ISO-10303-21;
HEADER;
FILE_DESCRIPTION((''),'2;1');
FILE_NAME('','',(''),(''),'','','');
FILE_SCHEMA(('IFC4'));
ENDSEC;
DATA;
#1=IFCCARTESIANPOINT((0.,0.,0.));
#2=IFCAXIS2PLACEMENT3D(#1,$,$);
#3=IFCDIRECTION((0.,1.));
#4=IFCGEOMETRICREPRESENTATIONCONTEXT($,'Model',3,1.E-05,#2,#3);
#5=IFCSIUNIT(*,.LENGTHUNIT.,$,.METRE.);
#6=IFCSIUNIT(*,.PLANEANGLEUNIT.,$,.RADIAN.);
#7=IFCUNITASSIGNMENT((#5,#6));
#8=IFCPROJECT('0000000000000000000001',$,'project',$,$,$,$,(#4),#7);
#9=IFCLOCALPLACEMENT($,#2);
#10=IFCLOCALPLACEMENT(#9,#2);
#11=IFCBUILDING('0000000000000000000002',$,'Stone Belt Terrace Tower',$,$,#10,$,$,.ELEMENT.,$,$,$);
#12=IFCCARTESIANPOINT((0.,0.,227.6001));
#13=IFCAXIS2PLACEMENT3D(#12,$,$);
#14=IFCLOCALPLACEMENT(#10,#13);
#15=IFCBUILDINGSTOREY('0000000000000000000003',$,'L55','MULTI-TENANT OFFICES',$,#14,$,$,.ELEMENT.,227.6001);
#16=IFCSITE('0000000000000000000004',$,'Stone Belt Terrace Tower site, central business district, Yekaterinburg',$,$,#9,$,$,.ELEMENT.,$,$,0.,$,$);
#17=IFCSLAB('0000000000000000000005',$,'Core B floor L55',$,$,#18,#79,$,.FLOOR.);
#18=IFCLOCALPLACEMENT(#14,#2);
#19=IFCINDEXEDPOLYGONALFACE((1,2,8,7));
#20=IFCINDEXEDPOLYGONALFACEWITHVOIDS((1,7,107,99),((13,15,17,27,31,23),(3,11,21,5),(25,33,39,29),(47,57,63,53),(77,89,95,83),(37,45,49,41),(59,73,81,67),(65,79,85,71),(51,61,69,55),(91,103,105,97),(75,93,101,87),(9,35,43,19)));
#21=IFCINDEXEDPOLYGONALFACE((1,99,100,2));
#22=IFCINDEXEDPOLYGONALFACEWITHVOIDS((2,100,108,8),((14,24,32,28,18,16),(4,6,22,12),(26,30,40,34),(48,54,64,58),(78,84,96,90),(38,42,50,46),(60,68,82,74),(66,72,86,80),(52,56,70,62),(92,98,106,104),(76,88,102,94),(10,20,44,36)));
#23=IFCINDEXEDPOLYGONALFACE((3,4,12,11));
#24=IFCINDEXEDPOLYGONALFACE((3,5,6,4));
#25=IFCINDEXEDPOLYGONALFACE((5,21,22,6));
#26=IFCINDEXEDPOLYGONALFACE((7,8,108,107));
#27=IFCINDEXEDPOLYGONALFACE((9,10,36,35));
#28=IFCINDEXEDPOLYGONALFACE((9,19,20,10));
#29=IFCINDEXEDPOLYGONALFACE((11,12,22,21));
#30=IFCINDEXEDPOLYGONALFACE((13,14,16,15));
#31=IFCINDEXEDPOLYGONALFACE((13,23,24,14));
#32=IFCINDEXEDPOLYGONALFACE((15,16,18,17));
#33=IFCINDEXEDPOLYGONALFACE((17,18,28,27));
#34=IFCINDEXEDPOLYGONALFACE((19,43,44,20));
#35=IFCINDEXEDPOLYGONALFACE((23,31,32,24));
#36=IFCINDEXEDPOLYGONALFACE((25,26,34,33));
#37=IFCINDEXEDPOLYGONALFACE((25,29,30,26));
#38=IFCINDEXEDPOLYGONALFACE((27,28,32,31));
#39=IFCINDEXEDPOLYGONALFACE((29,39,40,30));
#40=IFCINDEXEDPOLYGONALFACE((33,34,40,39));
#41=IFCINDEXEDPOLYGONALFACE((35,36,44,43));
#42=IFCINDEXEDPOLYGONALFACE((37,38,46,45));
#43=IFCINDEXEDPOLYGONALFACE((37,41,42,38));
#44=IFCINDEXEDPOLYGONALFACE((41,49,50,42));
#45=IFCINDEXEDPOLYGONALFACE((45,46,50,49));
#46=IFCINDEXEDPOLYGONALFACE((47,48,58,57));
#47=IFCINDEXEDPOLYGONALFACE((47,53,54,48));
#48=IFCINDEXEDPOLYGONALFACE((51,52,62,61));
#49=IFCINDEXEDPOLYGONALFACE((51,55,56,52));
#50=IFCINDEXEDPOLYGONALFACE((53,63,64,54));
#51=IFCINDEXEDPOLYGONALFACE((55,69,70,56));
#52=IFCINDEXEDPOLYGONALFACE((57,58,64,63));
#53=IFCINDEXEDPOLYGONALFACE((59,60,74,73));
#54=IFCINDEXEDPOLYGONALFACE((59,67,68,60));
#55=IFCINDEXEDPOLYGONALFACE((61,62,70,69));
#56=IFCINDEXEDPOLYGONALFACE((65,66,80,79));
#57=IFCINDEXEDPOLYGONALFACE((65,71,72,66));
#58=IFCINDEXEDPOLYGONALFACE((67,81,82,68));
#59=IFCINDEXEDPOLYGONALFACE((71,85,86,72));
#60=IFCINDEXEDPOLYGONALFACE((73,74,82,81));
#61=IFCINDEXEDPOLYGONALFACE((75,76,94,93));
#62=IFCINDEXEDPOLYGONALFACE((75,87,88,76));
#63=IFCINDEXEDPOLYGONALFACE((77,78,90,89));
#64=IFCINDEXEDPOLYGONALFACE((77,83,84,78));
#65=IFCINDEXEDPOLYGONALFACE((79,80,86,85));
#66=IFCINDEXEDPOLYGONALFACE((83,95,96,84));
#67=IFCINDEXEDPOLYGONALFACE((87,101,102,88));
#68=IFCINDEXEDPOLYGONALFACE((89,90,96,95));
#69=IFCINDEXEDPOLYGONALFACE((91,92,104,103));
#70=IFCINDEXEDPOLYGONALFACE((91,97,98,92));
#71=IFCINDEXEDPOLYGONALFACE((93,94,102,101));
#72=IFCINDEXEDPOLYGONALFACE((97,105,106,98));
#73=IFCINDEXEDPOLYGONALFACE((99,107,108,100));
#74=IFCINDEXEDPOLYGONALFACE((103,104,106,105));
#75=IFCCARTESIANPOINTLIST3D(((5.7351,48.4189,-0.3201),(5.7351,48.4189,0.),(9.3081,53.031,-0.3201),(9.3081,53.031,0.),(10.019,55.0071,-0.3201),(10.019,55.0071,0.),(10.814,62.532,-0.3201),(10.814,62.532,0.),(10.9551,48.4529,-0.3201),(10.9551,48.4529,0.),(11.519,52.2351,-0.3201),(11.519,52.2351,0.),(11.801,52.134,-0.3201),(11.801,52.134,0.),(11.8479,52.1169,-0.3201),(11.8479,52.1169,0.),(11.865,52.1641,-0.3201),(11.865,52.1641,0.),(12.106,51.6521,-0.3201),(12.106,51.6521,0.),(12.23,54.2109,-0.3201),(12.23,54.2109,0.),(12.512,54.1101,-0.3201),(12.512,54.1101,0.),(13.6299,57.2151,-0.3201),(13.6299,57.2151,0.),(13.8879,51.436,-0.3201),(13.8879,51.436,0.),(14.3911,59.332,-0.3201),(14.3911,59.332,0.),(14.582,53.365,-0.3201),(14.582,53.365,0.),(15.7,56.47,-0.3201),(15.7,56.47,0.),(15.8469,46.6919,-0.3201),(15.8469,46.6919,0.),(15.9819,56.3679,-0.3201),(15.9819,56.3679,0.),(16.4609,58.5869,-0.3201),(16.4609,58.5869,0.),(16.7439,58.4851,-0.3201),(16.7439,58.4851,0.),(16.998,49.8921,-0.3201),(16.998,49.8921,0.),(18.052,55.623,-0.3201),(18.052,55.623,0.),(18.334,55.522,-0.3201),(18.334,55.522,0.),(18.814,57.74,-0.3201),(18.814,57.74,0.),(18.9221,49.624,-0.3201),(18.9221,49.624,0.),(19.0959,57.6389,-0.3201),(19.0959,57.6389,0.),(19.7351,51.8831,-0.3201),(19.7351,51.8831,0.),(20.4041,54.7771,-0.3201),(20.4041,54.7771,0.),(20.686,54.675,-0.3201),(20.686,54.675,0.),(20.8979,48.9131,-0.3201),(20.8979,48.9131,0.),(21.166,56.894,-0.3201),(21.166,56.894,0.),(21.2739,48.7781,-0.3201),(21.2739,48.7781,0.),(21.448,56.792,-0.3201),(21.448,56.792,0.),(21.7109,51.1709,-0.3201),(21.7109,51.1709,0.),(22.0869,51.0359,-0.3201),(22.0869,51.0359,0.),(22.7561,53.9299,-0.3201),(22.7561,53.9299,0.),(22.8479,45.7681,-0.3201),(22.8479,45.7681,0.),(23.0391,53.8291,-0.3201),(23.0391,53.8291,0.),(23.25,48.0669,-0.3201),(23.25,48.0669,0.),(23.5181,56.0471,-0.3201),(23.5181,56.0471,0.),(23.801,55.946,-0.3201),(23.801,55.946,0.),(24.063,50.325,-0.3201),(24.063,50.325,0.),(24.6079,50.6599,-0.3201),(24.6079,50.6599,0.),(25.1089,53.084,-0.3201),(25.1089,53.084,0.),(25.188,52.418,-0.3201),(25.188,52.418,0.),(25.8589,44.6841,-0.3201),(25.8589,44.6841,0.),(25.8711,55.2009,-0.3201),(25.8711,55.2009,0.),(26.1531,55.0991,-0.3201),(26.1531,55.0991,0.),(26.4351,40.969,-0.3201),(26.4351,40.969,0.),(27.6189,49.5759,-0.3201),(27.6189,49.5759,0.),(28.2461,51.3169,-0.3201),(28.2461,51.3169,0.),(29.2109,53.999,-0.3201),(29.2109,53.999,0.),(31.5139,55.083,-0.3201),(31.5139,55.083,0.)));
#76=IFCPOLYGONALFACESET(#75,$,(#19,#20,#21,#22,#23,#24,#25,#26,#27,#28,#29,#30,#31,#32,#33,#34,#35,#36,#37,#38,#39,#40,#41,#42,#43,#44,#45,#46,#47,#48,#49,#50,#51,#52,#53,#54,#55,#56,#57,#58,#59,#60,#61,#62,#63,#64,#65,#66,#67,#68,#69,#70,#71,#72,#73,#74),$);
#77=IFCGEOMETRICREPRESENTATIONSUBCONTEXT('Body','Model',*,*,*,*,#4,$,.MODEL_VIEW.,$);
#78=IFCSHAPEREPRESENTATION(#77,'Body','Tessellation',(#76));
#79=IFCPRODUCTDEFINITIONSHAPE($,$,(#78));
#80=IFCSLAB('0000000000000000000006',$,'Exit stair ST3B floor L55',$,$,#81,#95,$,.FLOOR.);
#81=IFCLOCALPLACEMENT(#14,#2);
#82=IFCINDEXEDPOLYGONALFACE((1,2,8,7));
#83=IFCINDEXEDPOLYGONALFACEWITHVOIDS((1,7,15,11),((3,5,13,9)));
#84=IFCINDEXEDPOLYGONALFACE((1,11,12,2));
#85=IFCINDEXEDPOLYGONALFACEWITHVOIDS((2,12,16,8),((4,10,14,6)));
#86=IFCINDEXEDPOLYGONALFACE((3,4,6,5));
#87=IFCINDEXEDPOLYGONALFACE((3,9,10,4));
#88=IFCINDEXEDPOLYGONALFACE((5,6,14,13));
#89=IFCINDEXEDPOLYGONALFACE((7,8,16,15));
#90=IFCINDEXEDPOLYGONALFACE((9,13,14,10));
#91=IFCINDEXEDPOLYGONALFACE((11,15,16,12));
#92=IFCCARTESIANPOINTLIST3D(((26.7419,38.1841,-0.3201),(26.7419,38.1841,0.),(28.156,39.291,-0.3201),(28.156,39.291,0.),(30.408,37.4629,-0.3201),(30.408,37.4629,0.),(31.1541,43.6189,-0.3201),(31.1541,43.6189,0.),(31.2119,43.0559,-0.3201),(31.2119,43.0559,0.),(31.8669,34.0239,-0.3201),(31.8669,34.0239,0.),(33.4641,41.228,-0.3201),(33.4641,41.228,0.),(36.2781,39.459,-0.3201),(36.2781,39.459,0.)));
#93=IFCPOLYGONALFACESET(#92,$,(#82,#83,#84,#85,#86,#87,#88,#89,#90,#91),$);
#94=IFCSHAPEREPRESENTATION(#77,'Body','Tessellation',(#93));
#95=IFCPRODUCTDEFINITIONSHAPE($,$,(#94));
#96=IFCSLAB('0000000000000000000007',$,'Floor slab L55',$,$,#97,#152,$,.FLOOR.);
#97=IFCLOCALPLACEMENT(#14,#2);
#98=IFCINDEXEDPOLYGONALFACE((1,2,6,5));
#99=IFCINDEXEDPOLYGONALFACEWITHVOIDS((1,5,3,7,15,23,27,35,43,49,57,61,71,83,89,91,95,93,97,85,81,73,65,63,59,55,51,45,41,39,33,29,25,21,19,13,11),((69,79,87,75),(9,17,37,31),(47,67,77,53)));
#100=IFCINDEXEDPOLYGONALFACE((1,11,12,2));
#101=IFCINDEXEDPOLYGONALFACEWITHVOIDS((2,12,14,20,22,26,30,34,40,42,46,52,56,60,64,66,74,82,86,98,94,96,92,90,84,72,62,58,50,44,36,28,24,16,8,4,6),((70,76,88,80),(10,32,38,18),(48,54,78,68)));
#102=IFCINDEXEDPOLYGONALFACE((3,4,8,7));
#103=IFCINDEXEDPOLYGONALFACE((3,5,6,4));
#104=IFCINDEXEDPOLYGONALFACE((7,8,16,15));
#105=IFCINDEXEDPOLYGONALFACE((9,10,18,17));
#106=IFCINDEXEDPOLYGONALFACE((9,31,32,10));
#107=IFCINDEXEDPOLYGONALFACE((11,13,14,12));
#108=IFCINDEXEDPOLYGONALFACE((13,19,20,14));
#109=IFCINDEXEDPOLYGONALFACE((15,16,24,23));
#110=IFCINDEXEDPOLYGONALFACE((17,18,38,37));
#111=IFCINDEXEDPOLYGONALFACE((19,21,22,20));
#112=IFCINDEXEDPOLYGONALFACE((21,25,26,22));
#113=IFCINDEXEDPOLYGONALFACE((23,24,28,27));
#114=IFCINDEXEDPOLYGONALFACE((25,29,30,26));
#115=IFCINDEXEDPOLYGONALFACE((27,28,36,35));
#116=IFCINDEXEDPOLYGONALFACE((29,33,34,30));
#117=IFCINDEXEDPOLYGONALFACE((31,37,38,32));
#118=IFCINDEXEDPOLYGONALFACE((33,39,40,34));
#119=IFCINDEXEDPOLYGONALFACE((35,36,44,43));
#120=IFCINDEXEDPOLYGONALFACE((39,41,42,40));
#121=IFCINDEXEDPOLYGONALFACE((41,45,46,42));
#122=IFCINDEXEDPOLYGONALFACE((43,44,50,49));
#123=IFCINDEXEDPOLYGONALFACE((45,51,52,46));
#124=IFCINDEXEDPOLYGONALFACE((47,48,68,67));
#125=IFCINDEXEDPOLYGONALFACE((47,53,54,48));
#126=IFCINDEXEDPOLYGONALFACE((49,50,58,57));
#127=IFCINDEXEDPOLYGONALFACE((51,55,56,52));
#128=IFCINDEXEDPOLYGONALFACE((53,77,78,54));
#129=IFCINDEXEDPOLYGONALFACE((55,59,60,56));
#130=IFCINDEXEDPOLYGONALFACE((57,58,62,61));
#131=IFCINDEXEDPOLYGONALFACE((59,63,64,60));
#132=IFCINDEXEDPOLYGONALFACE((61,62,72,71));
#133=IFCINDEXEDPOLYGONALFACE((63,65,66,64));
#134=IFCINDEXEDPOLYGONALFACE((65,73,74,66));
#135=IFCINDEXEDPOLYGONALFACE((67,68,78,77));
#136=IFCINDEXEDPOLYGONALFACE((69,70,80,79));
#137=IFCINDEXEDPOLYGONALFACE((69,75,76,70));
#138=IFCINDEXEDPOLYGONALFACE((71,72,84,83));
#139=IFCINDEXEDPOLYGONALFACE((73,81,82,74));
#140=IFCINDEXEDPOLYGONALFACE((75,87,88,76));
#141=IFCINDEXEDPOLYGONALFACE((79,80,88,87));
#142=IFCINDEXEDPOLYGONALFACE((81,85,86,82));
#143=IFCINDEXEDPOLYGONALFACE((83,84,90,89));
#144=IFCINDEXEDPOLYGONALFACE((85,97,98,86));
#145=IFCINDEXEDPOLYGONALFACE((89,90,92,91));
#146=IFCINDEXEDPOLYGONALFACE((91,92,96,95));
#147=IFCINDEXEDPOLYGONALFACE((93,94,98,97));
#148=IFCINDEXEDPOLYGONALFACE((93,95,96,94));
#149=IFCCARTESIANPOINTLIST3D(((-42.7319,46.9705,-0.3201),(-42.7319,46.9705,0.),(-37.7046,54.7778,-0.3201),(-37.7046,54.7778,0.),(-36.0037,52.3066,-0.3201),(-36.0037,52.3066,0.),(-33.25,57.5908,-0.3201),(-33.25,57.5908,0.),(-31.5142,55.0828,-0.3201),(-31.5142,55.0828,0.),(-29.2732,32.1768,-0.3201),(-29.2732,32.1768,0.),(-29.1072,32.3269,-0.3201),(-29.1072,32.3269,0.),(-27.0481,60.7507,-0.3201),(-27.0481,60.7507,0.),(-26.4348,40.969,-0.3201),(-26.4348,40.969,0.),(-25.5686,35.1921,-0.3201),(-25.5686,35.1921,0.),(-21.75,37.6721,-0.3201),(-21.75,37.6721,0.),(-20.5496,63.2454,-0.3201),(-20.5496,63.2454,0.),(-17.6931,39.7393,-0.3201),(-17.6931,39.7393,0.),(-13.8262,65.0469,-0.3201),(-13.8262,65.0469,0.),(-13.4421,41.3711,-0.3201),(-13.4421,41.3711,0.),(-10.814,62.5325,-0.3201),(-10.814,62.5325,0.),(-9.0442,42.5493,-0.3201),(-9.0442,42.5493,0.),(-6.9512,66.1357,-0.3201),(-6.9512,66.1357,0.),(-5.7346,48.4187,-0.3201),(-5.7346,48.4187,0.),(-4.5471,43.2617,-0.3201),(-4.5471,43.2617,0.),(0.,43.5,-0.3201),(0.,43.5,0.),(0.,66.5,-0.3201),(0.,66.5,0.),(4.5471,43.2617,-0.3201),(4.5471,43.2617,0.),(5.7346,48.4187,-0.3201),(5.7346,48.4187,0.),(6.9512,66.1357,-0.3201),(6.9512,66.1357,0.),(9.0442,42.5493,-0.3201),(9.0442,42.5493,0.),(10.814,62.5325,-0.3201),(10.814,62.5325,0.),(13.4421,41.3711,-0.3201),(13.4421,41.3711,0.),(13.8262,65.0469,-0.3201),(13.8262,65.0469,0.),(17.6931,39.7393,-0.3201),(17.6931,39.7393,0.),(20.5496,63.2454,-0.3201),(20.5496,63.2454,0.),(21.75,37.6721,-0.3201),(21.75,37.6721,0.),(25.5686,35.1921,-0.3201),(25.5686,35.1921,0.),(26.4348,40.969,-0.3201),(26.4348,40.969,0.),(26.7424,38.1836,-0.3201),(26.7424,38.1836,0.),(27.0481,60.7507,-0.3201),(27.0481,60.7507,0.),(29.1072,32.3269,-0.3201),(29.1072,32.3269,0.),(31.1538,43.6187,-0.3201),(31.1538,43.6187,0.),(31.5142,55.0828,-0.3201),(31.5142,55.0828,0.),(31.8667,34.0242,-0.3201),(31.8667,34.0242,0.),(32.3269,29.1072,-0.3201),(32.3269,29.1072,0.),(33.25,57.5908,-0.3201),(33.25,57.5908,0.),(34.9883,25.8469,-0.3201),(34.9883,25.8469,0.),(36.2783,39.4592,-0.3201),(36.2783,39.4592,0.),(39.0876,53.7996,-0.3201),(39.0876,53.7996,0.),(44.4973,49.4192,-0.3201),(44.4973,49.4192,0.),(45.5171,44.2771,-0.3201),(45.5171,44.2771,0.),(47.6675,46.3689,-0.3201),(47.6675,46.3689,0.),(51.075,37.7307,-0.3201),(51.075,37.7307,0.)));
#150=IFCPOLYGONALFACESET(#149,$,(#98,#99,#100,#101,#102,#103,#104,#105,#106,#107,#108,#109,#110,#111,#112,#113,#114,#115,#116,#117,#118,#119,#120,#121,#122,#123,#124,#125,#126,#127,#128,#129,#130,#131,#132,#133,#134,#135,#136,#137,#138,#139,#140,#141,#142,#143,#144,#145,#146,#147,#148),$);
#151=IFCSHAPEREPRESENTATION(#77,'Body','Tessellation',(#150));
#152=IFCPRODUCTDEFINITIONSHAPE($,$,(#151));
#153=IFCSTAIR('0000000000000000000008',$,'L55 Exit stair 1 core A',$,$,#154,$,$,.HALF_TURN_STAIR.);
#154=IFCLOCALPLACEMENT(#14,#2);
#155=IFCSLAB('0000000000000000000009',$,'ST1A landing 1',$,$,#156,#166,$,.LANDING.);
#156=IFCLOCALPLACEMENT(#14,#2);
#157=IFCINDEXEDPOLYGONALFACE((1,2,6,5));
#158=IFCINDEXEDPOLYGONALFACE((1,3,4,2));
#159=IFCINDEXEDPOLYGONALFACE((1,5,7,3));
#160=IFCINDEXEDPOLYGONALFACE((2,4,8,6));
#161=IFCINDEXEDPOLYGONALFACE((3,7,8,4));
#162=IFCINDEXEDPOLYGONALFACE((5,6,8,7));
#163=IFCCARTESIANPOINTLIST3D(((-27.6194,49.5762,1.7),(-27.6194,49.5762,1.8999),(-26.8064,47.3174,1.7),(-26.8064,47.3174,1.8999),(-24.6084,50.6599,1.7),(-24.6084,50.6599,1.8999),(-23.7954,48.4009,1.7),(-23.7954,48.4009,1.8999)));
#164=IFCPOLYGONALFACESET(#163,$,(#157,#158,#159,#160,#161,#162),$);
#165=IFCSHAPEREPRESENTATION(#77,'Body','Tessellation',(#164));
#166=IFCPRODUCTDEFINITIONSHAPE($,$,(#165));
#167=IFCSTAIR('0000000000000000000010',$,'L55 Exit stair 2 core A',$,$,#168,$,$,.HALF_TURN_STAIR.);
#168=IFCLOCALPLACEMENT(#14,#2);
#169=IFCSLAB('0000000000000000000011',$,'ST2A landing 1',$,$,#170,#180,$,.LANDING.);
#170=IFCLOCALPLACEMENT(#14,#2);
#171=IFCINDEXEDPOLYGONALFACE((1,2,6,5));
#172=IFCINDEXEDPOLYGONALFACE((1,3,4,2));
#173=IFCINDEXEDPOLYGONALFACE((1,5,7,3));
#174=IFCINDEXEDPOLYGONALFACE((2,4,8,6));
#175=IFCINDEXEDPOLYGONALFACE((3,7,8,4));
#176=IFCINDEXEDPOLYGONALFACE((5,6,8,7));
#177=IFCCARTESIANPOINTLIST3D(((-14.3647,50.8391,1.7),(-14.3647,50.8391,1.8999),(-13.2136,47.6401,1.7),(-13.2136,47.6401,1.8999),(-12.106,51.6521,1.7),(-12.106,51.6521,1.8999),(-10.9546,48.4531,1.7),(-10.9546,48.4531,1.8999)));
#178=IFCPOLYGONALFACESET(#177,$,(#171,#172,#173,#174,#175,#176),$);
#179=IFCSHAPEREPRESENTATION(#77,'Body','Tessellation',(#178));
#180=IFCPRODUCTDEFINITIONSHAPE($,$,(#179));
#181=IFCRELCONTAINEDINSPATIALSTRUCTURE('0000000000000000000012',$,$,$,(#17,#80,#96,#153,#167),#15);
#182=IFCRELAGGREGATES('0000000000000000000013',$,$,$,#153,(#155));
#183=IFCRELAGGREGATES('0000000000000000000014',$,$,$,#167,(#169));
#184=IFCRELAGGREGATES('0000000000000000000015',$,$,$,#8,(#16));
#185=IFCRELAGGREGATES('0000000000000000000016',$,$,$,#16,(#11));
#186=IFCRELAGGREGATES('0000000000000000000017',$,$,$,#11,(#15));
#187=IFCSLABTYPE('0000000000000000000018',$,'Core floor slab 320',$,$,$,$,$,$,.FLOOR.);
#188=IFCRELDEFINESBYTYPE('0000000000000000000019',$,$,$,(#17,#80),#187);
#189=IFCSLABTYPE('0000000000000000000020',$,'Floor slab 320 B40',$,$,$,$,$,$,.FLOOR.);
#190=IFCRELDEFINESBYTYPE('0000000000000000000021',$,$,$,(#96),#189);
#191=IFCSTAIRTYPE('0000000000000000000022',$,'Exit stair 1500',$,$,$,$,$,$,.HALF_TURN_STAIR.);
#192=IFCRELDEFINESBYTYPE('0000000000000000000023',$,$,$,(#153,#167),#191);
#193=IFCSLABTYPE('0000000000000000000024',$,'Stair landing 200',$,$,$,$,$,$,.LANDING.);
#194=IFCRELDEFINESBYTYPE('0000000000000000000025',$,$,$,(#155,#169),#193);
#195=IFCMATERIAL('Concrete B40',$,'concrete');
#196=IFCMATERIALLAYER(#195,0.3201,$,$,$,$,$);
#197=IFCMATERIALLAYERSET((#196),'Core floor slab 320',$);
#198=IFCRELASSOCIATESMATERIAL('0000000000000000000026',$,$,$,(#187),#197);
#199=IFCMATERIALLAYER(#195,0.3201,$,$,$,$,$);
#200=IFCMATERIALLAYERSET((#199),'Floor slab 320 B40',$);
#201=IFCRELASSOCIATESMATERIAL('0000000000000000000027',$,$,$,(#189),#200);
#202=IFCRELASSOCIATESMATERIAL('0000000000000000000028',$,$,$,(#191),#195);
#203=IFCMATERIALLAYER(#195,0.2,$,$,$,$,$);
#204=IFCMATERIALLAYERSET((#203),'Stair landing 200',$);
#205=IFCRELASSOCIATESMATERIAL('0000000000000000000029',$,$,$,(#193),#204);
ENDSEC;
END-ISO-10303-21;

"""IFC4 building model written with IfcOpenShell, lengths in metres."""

from ifc_helpers import new_model, si_unit, direction, frame, origin, place, context, subcontext, project, spatial, polyline, outline, extrude, material, layer, layer_set, type_object, element, aggregate, save


model = new_model("IFC4")

# Units and contexts
model_context = context("Model", 3, precision=1e-05, world=origin(), true_north=direction((0.0, 1.0)))
body_context = subcontext(model_context, "Body", "Model", "MODEL_VIEW")
ifc_project = project(units=[si_unit("LENGTHUNIT", "METRE"), si_unit("PLANEANGLEUNIT", "RADIAN")], contexts=[model_context])

# Site, building, storey
site_placement = place(None, origin())
site = spatial("IfcSite", under=ifc_project, at=site_placement, Name="Stone Belt Terrace Tower site, central business district, Yekaterinburg", CompositionType="ELEMENT", RefElevation=0.0)
building_placement = place(site_placement, origin())
building = spatial("IfcBuilding", under=site, at=building_placement, Name="Stone Belt Terrace Tower", CompositionType="ELEMENT")
storey_placement = place(building_placement, frame((0.0, 0.0, 227.6001)))
storey = spatial("IfcBuildingStorey", under=building, at=storey_placement, Name="L55", Description="MULTI-TENANT OFFICES", CompositionType="ELEMENT", Elevation=227.6001)

# Slabs
ifc_material_1 = material(Name="Concrete B40", Category="concrete")
ifc_layer_1 = layer(ifc_material_1, 0.3201)
ifc_layer_set_1 = layer_set([ifc_layer_1], Name="Core floor slab 320")
slab_type_1 = type_object("IfcSlabType", Name="Core floor slab 320", PredefinedType="FLOOR", material=ifc_layer_set_1)
slab_1_placement = place(storey_placement, frame((0.0, 0.0, -0.3201)))
element("IfcSlab", 1, at=slab_1_placement, inside=storey, type_object=slab_type_1, Name="Core B floor L55", PredefinedType="FLOOR", context=body_context, shape_type="SweptSolid", body=[
    extrude(outline(polyline([(26.4351, 40.969), (31.5139, 55.083), (10.814, 62.532), (5.7351, 48.4189), (26.4351, 40.969)]), holes=[polyline([(12.106, 51.6521), (16.998, 49.8921), (15.8469, 46.6919), (10.9551, 48.4529), (12.106, 51.6521)]), polyline([(12.512, 54.1101), (14.582, 53.365), (13.8879, 51.436), (11.865, 52.1641), (11.8479, 52.1169), (11.801, 52.134), (12.512, 54.1101)]), polyline([(9.3081, 53.031), (10.019, 55.0071), (12.23, 54.2109), (11.519, 52.2351), (9.3081, 53.031)]), polyline([(18.334, 55.522), (19.0959, 57.6389), (21.166, 56.894), (20.4041, 54.7771), (18.334, 55.522)]), polyline([(16.7439, 58.4851), (18.814, 57.74), (18.052, 55.623), (15.9819, 56.3679), (16.7439, 58.4851)]), polyline([(14.3911, 59.332), (16.4609, 58.5869), (15.7, 56.47), (13.6299, 57.2151), (14.3911, 59.332)]), polyline([(27.6189, 49.5759), (25.8589, 44.6841), (22.8479, 45.7681), (24.6079, 50.6599), (27.6189, 49.5759)]), polyline([(21.2739, 48.7781), (22.0869, 51.0359), (24.063, 50.325), (23.25, 48.0669), (21.2739, 48.7781)]), polyline([(18.9221, 49.624), (19.7351, 51.8831), (21.7109, 51.1709), (20.8979, 48.9131), (18.9221, 49.624)]), polyline([(26.1531, 55.0991), (29.2109, 53.999), (28.2461, 51.3169), (25.188, 52.418), (26.1531, 55.0991)]), polyline([(23.801, 55.946), (25.8711, 55.2009), (25.1089, 53.084), (23.0391, 53.8291), (23.801, 55.946)]), polyline([(21.448, 56.792), (23.5181, 56.0471), (22.7561, 53.9299), (20.686, 54.675), (21.448, 56.792)])]), origin(), (0.0, 0.0, 1.0), 0.3201),
])
slab_2_placement = place(storey_placement, frame((0.0, 0.0, -0.3201)))
element("IfcSlab", 2, at=slab_2_placement, inside=storey, type_object=slab_type_1, Name="Exit stair ST3B floor L55", PredefinedType="FLOOR", context=body_context, shape_type="SweptSolid", body=[
    extrude(outline(polyline([(26.7419, 38.1841), (31.8669, 34.0239), (36.2781, 39.459), (31.1541, 43.6189), (26.7419, 38.1841)]), holes=[polyline([(30.408, 37.4629), (28.156, 39.291), (31.2119, 43.0559), (33.4641, 41.228), (30.408, 37.4629)])]), origin(), (0.0, 0.0, 1.0), 0.3201),
])
ifc_layer_2 = layer(ifc_material_1, 0.3201)
ifc_layer_set_2 = layer_set([ifc_layer_2], Name="Floor slab 320 B40")
slab_type_2 = type_object("IfcSlabType", Name="Floor slab 320 B40", PredefinedType="FLOOR", material=ifc_layer_set_2)
slab_3_placement = place(storey_placement, frame((0.0, 0.0, -0.3201)))
element("IfcSlab", 3, at=slab_3_placement, inside=storey, type_object=slab_type_2, Name="Floor slab L55", PredefinedType="FLOOR", context=body_context, shape_type="SweptSolid", body=[
    extrude(outline(polyline([(-37.7046, 54.7778), (-33.25, 57.5908), (-27.0481, 60.7507), (-20.5496, 63.2454), (-13.8262, 65.0469), (-6.9512, 66.1357), (0.0, 66.5), (6.9512, 66.1357), (13.8262, 65.0469), (20.5496, 63.2454), (27.0481, 60.7507), (33.25, 57.5908), (39.0876, 53.7996), (44.4973, 49.4192), (47.6675, 46.3689), (45.5171, 44.2771), (51.075, 37.7307), (34.9883, 25.8469), (32.3269, 29.1072), (29.1072, 32.3269), (25.5686, 35.1921), (21.75, 37.6721), (17.6931, 39.7393), (13.4421, 41.3711), (9.0442, 42.5493), (4.5471, 43.2617), (0.0, 43.5), (-4.5471, 43.2617), (-9.0442, 42.5493), (-13.4421, 41.3711), (-17.6931, 39.7393), (-21.75, 37.6721), (-25.5686, 35.1921), (-29.1072, 32.3269), (-29.2732, 32.1768), (-42.7319, 46.9705), (-36.0037, 52.3066), (-37.7046, 54.7778)]), holes=[polyline([(-31.5142, 55.0828), (-26.4348, 40.969), (-5.7346, 48.4187), (-10.814, 62.5325), (-31.5142, 55.0828)]), polyline([(31.5142, 55.0828), (10.814, 62.5325), (5.7346, 48.4187), (26.4348, 40.969), (31.5142, 55.0828)]), polyline([(36.2783, 39.4592), (31.1538, 43.6187), (26.7424, 38.1836), (31.8667, 34.0242), (36.2783, 39.4592)])]), origin(), (0.0, 0.0, 1.0), 0.3201),
])

# Stairs, slabs
stair_type = type_object("IfcStairType", Name="Exit stair 1500", PredefinedType="HALF_TURN_STAIR", material=ifc_material_1)
stair_1_placement = place(storey_placement, origin())
stair_1 = element("IfcStair", 4, at=stair_1_placement, inside=storey, type_object=stair_type, Name="L55 Exit stair 1 core A", PredefinedType="HALF_TURN_STAIR")
ifc_layer_3 = layer(ifc_material_1, 0.2)
ifc_layer_set_3 = layer_set([ifc_layer_3], Name="Stair landing 200")
slab_type_3 = type_object("IfcSlabType", Name="Stair landing 200", PredefinedType="LANDING", material=ifc_layer_set_3)
slab_4_placement = place(storey_placement, frame((0.0, 0.0, 1.7)))
slab_4 = element("IfcSlab", 5, at=slab_4_placement, type_object=slab_type_3, Name="ST1A landing 1", PredefinedType="LANDING", context=body_context, shape_type="SweptSolid", body=[
    extrude(outline(polyline([(-23.7954, 48.4009), (-24.6084, 50.6599), (-27.6194, 49.5762), (-26.8064, 47.3174), (-23.7954, 48.4009)])), origin(), (0.0, 0.0, 1.0), 0.2),
])
aggregate(stair_1, [slab_4])
stair_2_placement = place(storey_placement, origin())
stair_2 = element("IfcStair", 6, at=stair_2_placement, inside=storey, type_object=stair_type, Name="L55 Exit stair 2 core A", PredefinedType="HALF_TURN_STAIR")
slab_5_placement = place(storey_placement, frame((0.0, 0.0, 1.7)))
slab_5 = element("IfcSlab", 7, at=slab_5_placement, type_object=slab_type_3, Name="ST2A landing 1", PredefinedType="LANDING", context=body_context, shape_type="SweptSolid", body=[
    extrude(outline(polyline([(-13.2136, 47.6401), (-10.9546, 48.4531), (-12.106, 51.6521), (-14.3647, 50.8391), (-13.2136, 47.6401)])), origin(), (0.0, 0.0, 1.0), 0.2),
])
aggregate(stair_2, [slab_5])

save(model, "model.ifc")
